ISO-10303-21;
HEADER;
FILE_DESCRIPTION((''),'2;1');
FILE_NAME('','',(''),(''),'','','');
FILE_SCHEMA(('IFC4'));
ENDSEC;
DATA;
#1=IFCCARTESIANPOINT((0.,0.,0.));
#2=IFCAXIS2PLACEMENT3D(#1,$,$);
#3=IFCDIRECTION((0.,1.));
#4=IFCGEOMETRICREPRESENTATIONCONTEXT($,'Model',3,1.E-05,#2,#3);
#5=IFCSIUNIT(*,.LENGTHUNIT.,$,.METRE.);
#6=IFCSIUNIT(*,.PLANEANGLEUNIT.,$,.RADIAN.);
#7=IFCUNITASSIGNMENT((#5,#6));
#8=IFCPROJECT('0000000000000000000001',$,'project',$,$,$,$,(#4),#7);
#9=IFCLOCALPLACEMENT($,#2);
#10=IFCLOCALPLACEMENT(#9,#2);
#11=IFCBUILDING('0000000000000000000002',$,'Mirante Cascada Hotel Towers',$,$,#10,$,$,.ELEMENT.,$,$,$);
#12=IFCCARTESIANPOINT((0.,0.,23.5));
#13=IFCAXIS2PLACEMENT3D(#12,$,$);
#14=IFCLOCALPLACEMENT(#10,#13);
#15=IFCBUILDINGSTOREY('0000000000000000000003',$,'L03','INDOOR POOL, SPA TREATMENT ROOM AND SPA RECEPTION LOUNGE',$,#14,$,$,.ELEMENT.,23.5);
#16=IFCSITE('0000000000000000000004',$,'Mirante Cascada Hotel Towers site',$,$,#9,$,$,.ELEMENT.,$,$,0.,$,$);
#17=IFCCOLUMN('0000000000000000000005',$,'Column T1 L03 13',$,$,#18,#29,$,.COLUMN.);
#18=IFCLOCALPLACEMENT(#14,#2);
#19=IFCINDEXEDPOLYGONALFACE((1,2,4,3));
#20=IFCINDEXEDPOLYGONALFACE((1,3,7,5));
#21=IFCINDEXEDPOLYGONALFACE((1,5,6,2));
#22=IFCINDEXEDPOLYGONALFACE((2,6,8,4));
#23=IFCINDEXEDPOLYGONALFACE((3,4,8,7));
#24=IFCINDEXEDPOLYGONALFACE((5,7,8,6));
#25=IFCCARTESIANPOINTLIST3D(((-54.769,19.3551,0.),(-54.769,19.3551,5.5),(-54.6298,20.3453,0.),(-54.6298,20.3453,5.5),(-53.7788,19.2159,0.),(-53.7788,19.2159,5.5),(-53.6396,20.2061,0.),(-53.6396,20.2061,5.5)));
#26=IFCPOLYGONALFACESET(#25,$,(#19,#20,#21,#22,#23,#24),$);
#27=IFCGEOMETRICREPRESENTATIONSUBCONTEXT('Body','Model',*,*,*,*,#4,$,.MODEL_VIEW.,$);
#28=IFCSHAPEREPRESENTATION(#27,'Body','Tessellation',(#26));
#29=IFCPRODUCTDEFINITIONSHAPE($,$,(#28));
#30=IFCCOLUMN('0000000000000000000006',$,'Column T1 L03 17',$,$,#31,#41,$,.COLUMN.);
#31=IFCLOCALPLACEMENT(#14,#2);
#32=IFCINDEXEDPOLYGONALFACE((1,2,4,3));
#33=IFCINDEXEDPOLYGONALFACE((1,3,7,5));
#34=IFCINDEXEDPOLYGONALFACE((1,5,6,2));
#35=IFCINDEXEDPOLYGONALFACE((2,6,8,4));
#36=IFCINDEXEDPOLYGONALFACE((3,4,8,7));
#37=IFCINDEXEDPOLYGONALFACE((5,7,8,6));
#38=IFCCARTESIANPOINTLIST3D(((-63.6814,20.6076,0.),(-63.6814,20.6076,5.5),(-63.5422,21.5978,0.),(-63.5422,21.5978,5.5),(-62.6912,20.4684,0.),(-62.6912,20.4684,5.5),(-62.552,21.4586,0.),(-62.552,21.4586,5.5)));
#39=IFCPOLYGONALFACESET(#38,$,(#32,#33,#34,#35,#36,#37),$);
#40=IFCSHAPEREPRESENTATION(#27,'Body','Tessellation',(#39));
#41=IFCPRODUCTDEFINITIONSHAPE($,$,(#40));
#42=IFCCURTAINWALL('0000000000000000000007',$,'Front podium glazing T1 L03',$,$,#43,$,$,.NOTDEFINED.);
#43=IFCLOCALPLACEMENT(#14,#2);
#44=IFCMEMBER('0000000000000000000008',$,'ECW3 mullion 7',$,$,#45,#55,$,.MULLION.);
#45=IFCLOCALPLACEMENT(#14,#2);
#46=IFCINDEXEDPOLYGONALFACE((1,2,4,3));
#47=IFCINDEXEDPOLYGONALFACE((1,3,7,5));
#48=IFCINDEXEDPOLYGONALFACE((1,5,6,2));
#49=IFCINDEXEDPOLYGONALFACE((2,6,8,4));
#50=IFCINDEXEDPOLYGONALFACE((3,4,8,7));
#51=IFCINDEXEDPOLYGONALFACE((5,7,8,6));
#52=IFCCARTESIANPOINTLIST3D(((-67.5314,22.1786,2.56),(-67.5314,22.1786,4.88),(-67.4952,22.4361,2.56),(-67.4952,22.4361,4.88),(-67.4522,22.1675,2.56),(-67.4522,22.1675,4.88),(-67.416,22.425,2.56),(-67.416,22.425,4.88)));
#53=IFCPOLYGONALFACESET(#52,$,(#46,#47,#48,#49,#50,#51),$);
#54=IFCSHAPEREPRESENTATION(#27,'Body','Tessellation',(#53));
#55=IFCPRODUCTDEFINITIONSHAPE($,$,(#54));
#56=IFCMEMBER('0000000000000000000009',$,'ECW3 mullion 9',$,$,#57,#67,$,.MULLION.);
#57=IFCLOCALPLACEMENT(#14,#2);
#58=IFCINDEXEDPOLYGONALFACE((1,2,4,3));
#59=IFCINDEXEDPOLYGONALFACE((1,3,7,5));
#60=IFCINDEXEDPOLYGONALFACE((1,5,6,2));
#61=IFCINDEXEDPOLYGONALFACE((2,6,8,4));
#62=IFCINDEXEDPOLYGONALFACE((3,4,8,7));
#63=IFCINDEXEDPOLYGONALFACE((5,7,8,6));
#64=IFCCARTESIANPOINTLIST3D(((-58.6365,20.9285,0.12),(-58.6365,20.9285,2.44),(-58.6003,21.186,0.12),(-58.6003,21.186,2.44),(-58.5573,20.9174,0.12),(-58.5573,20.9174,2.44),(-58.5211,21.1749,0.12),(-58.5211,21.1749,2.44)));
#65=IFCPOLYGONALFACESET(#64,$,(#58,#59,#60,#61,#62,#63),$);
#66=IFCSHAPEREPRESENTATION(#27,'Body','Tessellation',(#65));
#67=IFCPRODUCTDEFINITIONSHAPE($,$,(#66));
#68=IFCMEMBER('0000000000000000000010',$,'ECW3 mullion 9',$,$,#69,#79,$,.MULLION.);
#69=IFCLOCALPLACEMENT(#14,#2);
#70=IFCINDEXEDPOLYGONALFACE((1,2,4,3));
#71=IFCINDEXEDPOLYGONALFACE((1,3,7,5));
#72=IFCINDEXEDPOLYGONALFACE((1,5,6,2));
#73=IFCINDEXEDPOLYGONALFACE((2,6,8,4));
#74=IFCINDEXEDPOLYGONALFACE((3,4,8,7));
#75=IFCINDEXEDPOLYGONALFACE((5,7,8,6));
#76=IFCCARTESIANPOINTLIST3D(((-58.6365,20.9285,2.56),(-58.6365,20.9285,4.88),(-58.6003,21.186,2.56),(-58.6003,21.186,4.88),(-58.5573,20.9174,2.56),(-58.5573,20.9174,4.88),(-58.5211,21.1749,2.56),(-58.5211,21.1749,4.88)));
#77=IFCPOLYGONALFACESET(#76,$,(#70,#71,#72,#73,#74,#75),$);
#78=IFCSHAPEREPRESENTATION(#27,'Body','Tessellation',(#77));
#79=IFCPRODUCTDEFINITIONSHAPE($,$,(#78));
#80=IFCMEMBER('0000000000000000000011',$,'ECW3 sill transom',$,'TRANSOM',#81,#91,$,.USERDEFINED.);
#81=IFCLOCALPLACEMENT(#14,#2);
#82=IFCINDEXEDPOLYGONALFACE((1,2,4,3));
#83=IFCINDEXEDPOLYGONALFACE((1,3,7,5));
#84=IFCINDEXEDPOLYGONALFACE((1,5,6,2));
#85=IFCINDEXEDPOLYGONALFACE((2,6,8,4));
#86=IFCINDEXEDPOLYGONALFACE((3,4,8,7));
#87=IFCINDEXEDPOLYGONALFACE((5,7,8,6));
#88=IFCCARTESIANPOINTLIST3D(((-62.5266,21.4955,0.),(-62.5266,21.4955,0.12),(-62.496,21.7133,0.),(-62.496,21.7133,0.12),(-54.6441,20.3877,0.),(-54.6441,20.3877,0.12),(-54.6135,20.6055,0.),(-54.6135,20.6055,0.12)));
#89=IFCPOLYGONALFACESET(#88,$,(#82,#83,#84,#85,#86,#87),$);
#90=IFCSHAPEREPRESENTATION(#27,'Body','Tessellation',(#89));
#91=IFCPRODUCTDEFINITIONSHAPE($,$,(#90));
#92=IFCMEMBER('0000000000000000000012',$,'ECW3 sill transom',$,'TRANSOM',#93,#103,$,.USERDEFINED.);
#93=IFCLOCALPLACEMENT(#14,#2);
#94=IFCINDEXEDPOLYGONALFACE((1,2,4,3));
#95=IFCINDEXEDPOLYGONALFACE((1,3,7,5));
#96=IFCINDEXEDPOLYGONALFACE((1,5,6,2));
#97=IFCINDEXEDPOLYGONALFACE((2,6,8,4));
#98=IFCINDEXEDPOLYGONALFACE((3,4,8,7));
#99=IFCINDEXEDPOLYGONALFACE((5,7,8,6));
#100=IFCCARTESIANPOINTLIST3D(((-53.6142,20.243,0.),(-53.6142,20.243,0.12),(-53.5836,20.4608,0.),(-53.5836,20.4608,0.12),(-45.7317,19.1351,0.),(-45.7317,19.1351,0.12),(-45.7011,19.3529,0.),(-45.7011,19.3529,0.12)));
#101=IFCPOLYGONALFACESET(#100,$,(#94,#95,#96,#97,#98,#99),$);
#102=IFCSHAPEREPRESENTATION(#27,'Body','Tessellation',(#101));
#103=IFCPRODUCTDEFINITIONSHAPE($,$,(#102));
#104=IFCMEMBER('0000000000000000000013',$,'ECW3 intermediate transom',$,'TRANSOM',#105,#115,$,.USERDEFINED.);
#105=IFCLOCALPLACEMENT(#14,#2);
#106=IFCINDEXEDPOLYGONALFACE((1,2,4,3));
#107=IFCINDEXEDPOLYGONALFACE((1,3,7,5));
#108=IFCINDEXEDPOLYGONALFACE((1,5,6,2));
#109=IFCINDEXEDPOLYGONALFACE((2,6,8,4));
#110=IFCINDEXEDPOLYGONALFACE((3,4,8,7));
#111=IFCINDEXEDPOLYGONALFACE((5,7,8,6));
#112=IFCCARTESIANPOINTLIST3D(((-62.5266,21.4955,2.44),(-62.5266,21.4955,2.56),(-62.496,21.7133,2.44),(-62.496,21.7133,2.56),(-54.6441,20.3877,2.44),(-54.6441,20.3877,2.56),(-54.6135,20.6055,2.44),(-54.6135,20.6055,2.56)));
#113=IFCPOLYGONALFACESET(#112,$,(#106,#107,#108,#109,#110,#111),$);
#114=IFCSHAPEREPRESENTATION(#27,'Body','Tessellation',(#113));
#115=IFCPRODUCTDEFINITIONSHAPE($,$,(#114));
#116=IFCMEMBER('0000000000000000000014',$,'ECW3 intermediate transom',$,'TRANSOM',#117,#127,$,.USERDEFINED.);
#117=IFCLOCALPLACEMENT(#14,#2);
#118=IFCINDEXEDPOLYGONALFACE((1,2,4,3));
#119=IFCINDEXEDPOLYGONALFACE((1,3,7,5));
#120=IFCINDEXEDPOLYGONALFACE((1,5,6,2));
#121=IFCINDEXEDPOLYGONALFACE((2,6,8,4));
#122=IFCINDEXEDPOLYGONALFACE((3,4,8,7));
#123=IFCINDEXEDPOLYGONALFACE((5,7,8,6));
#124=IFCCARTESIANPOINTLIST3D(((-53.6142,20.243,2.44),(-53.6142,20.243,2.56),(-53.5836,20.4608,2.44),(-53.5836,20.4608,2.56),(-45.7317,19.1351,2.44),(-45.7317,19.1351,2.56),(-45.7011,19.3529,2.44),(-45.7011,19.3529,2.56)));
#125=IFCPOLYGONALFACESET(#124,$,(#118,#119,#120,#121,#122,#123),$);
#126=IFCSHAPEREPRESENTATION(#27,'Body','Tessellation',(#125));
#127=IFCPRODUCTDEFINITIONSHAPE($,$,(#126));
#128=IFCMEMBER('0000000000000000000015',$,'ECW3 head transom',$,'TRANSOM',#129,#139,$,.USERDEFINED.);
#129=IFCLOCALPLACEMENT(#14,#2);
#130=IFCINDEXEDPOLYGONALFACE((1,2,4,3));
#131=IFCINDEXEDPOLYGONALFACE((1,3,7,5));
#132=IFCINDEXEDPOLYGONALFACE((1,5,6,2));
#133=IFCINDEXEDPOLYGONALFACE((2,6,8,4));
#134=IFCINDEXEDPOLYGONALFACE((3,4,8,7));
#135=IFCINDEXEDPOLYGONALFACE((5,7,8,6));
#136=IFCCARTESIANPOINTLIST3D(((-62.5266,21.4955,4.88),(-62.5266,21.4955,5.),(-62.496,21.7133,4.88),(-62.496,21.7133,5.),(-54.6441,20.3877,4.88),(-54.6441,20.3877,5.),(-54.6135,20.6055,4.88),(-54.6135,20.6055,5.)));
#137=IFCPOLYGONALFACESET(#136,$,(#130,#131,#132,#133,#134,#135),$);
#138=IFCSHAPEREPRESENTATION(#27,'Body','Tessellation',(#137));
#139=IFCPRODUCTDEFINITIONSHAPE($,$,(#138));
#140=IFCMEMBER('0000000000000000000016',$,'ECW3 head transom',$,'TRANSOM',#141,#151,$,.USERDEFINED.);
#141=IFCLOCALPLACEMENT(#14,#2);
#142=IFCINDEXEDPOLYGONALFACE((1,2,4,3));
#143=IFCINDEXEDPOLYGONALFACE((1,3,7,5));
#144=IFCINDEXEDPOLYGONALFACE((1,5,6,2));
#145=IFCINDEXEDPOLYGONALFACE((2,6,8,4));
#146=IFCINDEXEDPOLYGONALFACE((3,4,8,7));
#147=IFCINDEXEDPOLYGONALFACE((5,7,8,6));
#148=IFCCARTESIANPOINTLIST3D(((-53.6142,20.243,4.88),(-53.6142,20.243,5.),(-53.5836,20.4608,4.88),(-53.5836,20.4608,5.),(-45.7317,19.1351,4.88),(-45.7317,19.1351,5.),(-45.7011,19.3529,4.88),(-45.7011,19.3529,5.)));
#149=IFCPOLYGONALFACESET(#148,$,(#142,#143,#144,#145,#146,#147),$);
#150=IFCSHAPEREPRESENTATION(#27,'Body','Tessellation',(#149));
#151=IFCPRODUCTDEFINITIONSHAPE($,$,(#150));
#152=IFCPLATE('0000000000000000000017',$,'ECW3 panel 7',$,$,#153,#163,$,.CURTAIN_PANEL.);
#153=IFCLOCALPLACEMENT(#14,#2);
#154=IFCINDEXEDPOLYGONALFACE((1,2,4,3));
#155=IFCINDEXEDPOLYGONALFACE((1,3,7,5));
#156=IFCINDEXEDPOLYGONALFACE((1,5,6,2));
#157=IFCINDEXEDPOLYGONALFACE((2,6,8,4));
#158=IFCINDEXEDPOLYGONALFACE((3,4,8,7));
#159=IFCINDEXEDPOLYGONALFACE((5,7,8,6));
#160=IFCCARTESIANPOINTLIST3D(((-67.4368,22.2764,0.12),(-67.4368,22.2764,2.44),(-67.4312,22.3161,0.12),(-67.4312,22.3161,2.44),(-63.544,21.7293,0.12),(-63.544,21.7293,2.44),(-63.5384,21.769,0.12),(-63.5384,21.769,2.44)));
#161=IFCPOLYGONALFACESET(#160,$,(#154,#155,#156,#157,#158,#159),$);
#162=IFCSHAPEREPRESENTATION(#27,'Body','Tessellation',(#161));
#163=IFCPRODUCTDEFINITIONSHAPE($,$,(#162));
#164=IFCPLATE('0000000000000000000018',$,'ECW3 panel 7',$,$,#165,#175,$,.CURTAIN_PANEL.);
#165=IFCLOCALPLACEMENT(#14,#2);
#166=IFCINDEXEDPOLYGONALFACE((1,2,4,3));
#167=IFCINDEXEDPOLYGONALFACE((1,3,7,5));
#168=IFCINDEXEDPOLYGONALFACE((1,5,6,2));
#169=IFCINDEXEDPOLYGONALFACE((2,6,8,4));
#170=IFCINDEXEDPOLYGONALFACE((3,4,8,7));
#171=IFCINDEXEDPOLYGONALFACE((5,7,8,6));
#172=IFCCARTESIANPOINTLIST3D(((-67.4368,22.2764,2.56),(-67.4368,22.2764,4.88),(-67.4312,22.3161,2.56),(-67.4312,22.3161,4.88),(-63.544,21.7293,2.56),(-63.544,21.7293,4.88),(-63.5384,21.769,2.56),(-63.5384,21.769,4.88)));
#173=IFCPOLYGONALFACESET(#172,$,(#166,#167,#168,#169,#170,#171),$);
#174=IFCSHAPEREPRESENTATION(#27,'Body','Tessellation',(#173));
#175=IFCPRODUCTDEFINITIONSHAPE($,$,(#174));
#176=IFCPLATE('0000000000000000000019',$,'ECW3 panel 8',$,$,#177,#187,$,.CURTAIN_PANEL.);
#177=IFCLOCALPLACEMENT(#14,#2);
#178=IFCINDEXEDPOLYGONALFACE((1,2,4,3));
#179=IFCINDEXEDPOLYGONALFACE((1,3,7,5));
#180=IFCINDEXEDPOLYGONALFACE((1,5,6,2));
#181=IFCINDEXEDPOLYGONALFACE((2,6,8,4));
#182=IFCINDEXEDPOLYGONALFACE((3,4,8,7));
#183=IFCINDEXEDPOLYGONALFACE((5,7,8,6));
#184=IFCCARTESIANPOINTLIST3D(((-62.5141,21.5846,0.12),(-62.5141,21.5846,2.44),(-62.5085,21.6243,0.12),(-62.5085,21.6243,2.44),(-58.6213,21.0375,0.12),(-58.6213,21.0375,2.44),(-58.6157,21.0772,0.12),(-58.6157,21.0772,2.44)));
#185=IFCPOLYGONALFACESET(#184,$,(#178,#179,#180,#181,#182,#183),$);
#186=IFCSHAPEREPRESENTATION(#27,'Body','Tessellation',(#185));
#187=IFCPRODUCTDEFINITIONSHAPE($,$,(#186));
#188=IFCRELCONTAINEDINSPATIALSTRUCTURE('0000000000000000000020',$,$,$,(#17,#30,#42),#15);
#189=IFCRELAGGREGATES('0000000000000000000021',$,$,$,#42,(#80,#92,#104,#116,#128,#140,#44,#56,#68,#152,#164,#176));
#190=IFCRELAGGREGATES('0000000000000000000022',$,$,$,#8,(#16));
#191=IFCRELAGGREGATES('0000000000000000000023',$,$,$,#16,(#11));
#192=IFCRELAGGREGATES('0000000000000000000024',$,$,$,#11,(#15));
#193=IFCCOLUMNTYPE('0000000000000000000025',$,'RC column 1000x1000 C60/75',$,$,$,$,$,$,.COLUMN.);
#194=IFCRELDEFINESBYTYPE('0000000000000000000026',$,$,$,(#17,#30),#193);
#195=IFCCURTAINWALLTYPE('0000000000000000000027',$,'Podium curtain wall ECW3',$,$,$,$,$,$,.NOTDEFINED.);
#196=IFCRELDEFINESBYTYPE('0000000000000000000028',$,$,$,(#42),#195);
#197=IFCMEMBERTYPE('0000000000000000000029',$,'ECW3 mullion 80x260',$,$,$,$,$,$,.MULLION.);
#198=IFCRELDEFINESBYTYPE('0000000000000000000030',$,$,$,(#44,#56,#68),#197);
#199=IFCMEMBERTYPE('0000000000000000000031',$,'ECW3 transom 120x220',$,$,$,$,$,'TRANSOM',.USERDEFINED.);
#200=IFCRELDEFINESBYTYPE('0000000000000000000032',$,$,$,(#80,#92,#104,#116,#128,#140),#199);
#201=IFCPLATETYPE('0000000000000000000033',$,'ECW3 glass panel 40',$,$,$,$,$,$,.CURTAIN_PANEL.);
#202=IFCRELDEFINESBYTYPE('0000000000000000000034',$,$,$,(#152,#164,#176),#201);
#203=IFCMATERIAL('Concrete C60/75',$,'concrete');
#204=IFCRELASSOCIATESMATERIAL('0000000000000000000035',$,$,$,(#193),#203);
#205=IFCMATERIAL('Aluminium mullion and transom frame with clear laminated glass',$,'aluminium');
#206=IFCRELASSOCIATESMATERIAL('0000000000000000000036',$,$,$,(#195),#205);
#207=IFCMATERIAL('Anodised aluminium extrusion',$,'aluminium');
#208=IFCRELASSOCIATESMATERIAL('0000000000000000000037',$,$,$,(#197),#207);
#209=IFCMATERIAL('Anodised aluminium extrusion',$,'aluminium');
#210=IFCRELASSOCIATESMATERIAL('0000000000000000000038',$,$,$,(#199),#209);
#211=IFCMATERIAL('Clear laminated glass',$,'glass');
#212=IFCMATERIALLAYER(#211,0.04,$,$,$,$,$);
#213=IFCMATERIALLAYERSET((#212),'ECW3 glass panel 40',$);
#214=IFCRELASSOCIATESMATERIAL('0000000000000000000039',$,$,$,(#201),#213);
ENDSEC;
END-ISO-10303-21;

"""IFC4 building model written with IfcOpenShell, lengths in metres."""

from ifc_helpers import new_model, si_unit, direction, frame, origin, origin_2d, place, context, subcontext, project, spatial, rectangle, extrude, material, layer, layer_set, material_profile, profile_set, type_object, element, aggregate, save


model = new_model("IFC4")

# Units and contexts
model_context = context("Model", 3, precision=1e-05, world=origin(), true_north=direction((0.0, 1.0)))
body_context = subcontext(model_context, "Body", "Model", "MODEL_VIEW")
ifc_project = project(units=[si_unit("LENGTHUNIT", "METRE"), si_unit("PLANEANGLEUNIT", "RADIAN")], contexts=[model_context])

# Site, building, storey
site_placement = place(None, origin())
site = spatial("IfcSite", under=ifc_project, at=site_placement, Name="Mirante Cascada Hotel Towers site", CompositionType="ELEMENT", RefElevation=0.0)
building_placement = place(site_placement, origin())
building = spatial("IfcBuilding", under=site, at=building_placement, Name="Mirante Cascada Hotel Towers", CompositionType="ELEMENT")
storey_placement = place(building_placement, frame((0.0, 0.0, 23.5)))
storey = spatial("IfcBuildingStorey", under=building, at=storey_placement, Name="L03", Description="INDOOR POOL, SPA TREATMENT ROOM AND SPA RECEPTION LOUNGE", CompositionType="ELEMENT", Elevation=23.5)

# Columns
ifc_material_1 = material(Name="Concrete C60/75", Category="concrete")
ifc_material_profile_1 = material_profile(ifc_material_1, rectangle(XDim=1.0, YDim=1.0, at=origin_2d()), Name="RC column 1000x1000 C60/75")
ifc_profile_set_1 = profile_set([ifc_material_profile_1], Name="Concrete C60/75")
column_type = type_object("IfcColumnType", Name="RC column 1000x1000 C60/75", PredefinedType="COLUMN", material=ifc_profile_set_1)
for number, where, z_axis, x_axis, name in (
    (1, (-54.2043, 19.7806, 0.0), (0.0, 0.0, 1.0), (-0.990268, 0.139173, 0.0), "Column T1 L03 13"),
    (2, (-63.1167, 21.0331, 0.0), (0.0, 0.0, 1.0), (-0.990268, 0.139173, 0.0), "Column T1 L03 17"),
):
    element("IfcColumn", number, at=place(storey_placement, frame(where, z_axis=z_axis, x_axis=x_axis)), inside=storey, type_object=column_type, Name=name, PredefinedType="COLUMN", context=body_context, shape_type="SweptSolid", body=[
        extrude(rectangle(XDim=1.0, YDim=1.0, at=origin_2d()), origin(), (0.0, 0.0, 1.0), 5.5),
    ])

# Curtain wall, members, plates
ifc_material_2 = material(Name="Aluminium mullion and transom frame with clear laminated glass", Category="aluminium")
curtain_wall_type = type_object("IfcCurtainWallType", Name="Podium curtain wall ECW3", PredefinedType="NOTDEFINED", material=ifc_material_2)
curtain_wall_placement = place(storey_placement, origin())
curtain_wall = element("IfcCurtainWall", 3, at=curtain_wall_placement, inside=storey, type_object=curtain_wall_type, Name="Front podium glazing T1 L03", PredefinedType="NOTDEFINED")
ifc_material_3 = material(Name="Anodised aluminium extrusion", Category="aluminium")
ifc_material_profile_2 = material_profile(ifc_material_3, rectangle(XDim=0.26, YDim=0.08, at=origin_2d()), Name="ECW3 MULLION 80x260")
ifc_profile_set_2 = profile_set([ifc_material_profile_2], Name="Anodised aluminium extrusion")
member_type_1 = type_object("IfcMemberType", Name="ECW3 mullion 80x260", PredefinedType="MULLION", material=ifc_profile_set_2)
member_1_placement = place(storey_placement, frame((-67.4737, 22.3018, 2.56), z_axis=(0.0, 0.0, 1.0), x_axis=(0.139173, 0.990268, 0.0)))
member_1 = element("IfcMember", 4, at=member_1_placement, type_object=member_type_1, Name="ECW3 mullion 7", PredefinedType="MULLION", context=body_context, shape_type="SweptSolid", body=[
    extrude(rectangle(XDim=0.26, YDim=0.08, at=origin_2d()), origin(), (0.0, 0.0, 1.0), 2.32),
])
member_2_placement = place(storey_placement, frame((-58.5788, 21.0517, 0.12), z_axis=(0.0, 0.0, 1.0), x_axis=(0.139173, 0.990268, 0.0)))
member_2 = element("IfcMember", 5, at=member_2_placement, type_object=member_type_1, Name="ECW3 mullion 9", PredefinedType="MULLION", context=body_context, shape_type="SweptSolid", body=[
    extrude(rectangle(XDim=0.26, YDim=0.08, at=origin_2d()), origin(), (0.0, 0.0, 1.0), 2.32),
])
member_3_placement = place(storey_placement, frame((-58.5788, 21.0517, 2.56), z_axis=(0.0, 0.0, 1.0), x_axis=(0.139173, 0.990268, 0.0)))
member_3 = element("IfcMember", 6, at=member_3_placement, type_object=member_type_1, Name="ECW3 mullion 9", PredefinedType="MULLION", context=body_context, shape_type="SweptSolid", body=[
    extrude(rectangle(XDim=0.26, YDim=0.08, at=origin_2d()), origin(), (0.0, 0.0, 1.0), 2.32),
])
ifc_material_4 = material(Name="Anodised aluminium extrusion", Category="aluminium")
ifc_material_profile_3 = material_profile(ifc_material_4, rectangle(XDim=0.22, YDim=0.12, at=origin_2d()), Name="ECW3 TRANSOM 120x220")
ifc_profile_set_3 = profile_set([ifc_material_profile_3], Name="Anodised aluminium extrusion")
member_type_2 = type_object("IfcMemberType", Name="ECW3 transom 120x220", ElementType="TRANSOM", PredefinedType="USERDEFINED", material=ifc_profile_set_3)
member_4_placement = place(storey_placement, frame((-62.5113, 21.6044, 0.06), z_axis=(0.990268, -0.139172, 0.0), x_axis=(0.139172, 0.990268, 0.0)))
member_4 = element("IfcMember", 7, at=member_4_placement, type_object=member_type_2, Name="ECW3 sill transom", ObjectType="TRANSOM", PredefinedType="USERDEFINED", context=body_context, shape_type="SweptSolid", body=[
    extrude(rectangle(XDim=0.22, YDim=0.12, at=origin_2d()), origin(), (0.0, 0.0, 1.0), 7.96),
])
member_5_placement = place(storey_placement, frame((-53.5989, 20.3519, 0.06), z_axis=(0.990267, -0.139184, 0.0), x_axis=(0.139184, 0.990267, 0.0)))
member_5 = element("IfcMember", 8, at=member_5_placement, type_object=member_type_2, Name="ECW3 sill transom", ObjectType="TRANSOM", PredefinedType="USERDEFINED", context=body_context, shape_type="SweptSolid", body=[
    extrude(rectangle(XDim=0.22, YDim=0.12, at=origin_2d()), origin(), (0.0, 0.0, 1.0), 7.96),
])
member_6_placement = place(storey_placement, frame((-62.5113, 21.6044, 2.5), z_axis=(0.990268, -0.139172, 0.0), x_axis=(0.139172, 0.990268, 0.0)))
member_6 = element("IfcMember", 9, at=member_6_placement, type_object=member_type_2, Name="ECW3 intermediate transom", ObjectType="TRANSOM", PredefinedType="USERDEFINED", context=body_context, shape_type="SweptSolid", body=[
    extrude(rectangle(XDim=0.22, YDim=0.12, at=origin_2d()), origin(), (0.0, 0.0, 1.0), 7.96),
])
member_7_placement = place(storey_placement, frame((-53.5989, 20.3519, 2.5), z_axis=(0.990267, -0.139184, 0.0), x_axis=(0.139184, 0.990267, 0.0)))
member_7 = element("IfcMember", 10, at=member_7_placement, type_object=member_type_2, Name="ECW3 intermediate transom", ObjectType="TRANSOM", PredefinedType="USERDEFINED", context=body_context, shape_type="SweptSolid", body=[
    extrude(rectangle(XDim=0.22, YDim=0.12, at=origin_2d()), origin(), (0.0, 0.0, 1.0), 7.96),
])
member_8_placement = place(storey_placement, frame((-62.5113, 21.6044, 4.94), z_axis=(0.990268, -0.139172, 0.0), x_axis=(0.139172, 0.990268, 0.0)))
member_8 = element("IfcMember", 11, at=member_8_placement, type_object=member_type_2, Name="ECW3 head transom", ObjectType="TRANSOM", PredefinedType="USERDEFINED", context=body_context, shape_type="SweptSolid", body=[
    extrude(rectangle(XDim=0.22, YDim=0.12, at=origin_2d()), origin(), (0.0, 0.0, 1.0), 7.96),
])
member_9_placement = place(storey_placement, frame((-53.5989, 20.3519, 4.94), z_axis=(0.990267, -0.139184, 0.0), x_axis=(0.139184, 0.990267, 0.0)))
member_9 = element("IfcMember", 12, at=member_9_placement, type_object=member_type_2, Name="ECW3 head transom", ObjectType="TRANSOM", PredefinedType="USERDEFINED", context=body_context, shape_type="SweptSolid", body=[
    extrude(rectangle(XDim=0.22, YDim=0.12, at=origin_2d()), origin(), (0.0, 0.0, 1.0), 7.96),
])
ifc_material_5 = material(Name="Clear laminated glass", Category="glass")
ifc_layer_1 = layer(ifc_material_5, 0.04)
ifc_layer_set_1 = layer_set([ifc_layer_1], Name="ECW3 glass panel 40")
plate_type = type_object("IfcPlateType", Name="ECW3 glass panel 40", PredefinedType="CURTAIN_PANEL", material=ifc_layer_set_1)
plate_1_placement = place(storey_placement, frame((-65.4876, 22.0227, 0.12), z_axis=(0.0, 0.0, 1.0), x_axis=(0.990268, -0.139173, 0.0)))
plate_1 = element("IfcPlate", 13, at=plate_1_placement, type_object=plate_type, Name="ECW3 panel 7", PredefinedType="CURTAIN_PANEL", context=body_context, shape_type="SweptSolid", body=[
    extrude(rectangle(XDim=3.9311, YDim=0.04, at=origin_2d()), origin(), (0.0, 0.0, 1.0), 2.32),
])
plate_2_placement = place(storey_placement, frame((-65.4876, 22.0227, 2.56), z_axis=(0.0, 0.0, 1.0), x_axis=(0.990268, -0.139173, 0.0)))
plate_2 = element("IfcPlate", 14, at=plate_2_placement, type_object=plate_type, Name="ECW3 panel 7", PredefinedType="CURTAIN_PANEL", context=body_context, shape_type="SweptSolid", body=[
    extrude(rectangle(XDim=3.9311, YDim=0.04, at=origin_2d()), origin(), (0.0, 0.0, 1.0), 2.32),
])
plate_3_placement = place(storey_placement, frame((-60.5649, 21.3309, 0.12), z_axis=(0.0, 0.0, 1.0), x_axis=(0.990268, -0.139173, 0.0)))
plate_3 = element("IfcPlate", 15, at=plate_3_placement, type_object=plate_type, Name="ECW3 panel 8", PredefinedType="CURTAIN_PANEL", context=body_context, shape_type="SweptSolid", body=[
    extrude(rectangle(XDim=3.9311, YDim=0.04, at=origin_2d()), origin(), (0.0, 0.0, 1.0), 2.32),
])
aggregate(curtain_wall, [member_4, member_5, member_6, member_7, member_8, member_9, member_1, member_2, member_3, plate_1, plate_2, plate_3])

save(model, "model.ifc")
